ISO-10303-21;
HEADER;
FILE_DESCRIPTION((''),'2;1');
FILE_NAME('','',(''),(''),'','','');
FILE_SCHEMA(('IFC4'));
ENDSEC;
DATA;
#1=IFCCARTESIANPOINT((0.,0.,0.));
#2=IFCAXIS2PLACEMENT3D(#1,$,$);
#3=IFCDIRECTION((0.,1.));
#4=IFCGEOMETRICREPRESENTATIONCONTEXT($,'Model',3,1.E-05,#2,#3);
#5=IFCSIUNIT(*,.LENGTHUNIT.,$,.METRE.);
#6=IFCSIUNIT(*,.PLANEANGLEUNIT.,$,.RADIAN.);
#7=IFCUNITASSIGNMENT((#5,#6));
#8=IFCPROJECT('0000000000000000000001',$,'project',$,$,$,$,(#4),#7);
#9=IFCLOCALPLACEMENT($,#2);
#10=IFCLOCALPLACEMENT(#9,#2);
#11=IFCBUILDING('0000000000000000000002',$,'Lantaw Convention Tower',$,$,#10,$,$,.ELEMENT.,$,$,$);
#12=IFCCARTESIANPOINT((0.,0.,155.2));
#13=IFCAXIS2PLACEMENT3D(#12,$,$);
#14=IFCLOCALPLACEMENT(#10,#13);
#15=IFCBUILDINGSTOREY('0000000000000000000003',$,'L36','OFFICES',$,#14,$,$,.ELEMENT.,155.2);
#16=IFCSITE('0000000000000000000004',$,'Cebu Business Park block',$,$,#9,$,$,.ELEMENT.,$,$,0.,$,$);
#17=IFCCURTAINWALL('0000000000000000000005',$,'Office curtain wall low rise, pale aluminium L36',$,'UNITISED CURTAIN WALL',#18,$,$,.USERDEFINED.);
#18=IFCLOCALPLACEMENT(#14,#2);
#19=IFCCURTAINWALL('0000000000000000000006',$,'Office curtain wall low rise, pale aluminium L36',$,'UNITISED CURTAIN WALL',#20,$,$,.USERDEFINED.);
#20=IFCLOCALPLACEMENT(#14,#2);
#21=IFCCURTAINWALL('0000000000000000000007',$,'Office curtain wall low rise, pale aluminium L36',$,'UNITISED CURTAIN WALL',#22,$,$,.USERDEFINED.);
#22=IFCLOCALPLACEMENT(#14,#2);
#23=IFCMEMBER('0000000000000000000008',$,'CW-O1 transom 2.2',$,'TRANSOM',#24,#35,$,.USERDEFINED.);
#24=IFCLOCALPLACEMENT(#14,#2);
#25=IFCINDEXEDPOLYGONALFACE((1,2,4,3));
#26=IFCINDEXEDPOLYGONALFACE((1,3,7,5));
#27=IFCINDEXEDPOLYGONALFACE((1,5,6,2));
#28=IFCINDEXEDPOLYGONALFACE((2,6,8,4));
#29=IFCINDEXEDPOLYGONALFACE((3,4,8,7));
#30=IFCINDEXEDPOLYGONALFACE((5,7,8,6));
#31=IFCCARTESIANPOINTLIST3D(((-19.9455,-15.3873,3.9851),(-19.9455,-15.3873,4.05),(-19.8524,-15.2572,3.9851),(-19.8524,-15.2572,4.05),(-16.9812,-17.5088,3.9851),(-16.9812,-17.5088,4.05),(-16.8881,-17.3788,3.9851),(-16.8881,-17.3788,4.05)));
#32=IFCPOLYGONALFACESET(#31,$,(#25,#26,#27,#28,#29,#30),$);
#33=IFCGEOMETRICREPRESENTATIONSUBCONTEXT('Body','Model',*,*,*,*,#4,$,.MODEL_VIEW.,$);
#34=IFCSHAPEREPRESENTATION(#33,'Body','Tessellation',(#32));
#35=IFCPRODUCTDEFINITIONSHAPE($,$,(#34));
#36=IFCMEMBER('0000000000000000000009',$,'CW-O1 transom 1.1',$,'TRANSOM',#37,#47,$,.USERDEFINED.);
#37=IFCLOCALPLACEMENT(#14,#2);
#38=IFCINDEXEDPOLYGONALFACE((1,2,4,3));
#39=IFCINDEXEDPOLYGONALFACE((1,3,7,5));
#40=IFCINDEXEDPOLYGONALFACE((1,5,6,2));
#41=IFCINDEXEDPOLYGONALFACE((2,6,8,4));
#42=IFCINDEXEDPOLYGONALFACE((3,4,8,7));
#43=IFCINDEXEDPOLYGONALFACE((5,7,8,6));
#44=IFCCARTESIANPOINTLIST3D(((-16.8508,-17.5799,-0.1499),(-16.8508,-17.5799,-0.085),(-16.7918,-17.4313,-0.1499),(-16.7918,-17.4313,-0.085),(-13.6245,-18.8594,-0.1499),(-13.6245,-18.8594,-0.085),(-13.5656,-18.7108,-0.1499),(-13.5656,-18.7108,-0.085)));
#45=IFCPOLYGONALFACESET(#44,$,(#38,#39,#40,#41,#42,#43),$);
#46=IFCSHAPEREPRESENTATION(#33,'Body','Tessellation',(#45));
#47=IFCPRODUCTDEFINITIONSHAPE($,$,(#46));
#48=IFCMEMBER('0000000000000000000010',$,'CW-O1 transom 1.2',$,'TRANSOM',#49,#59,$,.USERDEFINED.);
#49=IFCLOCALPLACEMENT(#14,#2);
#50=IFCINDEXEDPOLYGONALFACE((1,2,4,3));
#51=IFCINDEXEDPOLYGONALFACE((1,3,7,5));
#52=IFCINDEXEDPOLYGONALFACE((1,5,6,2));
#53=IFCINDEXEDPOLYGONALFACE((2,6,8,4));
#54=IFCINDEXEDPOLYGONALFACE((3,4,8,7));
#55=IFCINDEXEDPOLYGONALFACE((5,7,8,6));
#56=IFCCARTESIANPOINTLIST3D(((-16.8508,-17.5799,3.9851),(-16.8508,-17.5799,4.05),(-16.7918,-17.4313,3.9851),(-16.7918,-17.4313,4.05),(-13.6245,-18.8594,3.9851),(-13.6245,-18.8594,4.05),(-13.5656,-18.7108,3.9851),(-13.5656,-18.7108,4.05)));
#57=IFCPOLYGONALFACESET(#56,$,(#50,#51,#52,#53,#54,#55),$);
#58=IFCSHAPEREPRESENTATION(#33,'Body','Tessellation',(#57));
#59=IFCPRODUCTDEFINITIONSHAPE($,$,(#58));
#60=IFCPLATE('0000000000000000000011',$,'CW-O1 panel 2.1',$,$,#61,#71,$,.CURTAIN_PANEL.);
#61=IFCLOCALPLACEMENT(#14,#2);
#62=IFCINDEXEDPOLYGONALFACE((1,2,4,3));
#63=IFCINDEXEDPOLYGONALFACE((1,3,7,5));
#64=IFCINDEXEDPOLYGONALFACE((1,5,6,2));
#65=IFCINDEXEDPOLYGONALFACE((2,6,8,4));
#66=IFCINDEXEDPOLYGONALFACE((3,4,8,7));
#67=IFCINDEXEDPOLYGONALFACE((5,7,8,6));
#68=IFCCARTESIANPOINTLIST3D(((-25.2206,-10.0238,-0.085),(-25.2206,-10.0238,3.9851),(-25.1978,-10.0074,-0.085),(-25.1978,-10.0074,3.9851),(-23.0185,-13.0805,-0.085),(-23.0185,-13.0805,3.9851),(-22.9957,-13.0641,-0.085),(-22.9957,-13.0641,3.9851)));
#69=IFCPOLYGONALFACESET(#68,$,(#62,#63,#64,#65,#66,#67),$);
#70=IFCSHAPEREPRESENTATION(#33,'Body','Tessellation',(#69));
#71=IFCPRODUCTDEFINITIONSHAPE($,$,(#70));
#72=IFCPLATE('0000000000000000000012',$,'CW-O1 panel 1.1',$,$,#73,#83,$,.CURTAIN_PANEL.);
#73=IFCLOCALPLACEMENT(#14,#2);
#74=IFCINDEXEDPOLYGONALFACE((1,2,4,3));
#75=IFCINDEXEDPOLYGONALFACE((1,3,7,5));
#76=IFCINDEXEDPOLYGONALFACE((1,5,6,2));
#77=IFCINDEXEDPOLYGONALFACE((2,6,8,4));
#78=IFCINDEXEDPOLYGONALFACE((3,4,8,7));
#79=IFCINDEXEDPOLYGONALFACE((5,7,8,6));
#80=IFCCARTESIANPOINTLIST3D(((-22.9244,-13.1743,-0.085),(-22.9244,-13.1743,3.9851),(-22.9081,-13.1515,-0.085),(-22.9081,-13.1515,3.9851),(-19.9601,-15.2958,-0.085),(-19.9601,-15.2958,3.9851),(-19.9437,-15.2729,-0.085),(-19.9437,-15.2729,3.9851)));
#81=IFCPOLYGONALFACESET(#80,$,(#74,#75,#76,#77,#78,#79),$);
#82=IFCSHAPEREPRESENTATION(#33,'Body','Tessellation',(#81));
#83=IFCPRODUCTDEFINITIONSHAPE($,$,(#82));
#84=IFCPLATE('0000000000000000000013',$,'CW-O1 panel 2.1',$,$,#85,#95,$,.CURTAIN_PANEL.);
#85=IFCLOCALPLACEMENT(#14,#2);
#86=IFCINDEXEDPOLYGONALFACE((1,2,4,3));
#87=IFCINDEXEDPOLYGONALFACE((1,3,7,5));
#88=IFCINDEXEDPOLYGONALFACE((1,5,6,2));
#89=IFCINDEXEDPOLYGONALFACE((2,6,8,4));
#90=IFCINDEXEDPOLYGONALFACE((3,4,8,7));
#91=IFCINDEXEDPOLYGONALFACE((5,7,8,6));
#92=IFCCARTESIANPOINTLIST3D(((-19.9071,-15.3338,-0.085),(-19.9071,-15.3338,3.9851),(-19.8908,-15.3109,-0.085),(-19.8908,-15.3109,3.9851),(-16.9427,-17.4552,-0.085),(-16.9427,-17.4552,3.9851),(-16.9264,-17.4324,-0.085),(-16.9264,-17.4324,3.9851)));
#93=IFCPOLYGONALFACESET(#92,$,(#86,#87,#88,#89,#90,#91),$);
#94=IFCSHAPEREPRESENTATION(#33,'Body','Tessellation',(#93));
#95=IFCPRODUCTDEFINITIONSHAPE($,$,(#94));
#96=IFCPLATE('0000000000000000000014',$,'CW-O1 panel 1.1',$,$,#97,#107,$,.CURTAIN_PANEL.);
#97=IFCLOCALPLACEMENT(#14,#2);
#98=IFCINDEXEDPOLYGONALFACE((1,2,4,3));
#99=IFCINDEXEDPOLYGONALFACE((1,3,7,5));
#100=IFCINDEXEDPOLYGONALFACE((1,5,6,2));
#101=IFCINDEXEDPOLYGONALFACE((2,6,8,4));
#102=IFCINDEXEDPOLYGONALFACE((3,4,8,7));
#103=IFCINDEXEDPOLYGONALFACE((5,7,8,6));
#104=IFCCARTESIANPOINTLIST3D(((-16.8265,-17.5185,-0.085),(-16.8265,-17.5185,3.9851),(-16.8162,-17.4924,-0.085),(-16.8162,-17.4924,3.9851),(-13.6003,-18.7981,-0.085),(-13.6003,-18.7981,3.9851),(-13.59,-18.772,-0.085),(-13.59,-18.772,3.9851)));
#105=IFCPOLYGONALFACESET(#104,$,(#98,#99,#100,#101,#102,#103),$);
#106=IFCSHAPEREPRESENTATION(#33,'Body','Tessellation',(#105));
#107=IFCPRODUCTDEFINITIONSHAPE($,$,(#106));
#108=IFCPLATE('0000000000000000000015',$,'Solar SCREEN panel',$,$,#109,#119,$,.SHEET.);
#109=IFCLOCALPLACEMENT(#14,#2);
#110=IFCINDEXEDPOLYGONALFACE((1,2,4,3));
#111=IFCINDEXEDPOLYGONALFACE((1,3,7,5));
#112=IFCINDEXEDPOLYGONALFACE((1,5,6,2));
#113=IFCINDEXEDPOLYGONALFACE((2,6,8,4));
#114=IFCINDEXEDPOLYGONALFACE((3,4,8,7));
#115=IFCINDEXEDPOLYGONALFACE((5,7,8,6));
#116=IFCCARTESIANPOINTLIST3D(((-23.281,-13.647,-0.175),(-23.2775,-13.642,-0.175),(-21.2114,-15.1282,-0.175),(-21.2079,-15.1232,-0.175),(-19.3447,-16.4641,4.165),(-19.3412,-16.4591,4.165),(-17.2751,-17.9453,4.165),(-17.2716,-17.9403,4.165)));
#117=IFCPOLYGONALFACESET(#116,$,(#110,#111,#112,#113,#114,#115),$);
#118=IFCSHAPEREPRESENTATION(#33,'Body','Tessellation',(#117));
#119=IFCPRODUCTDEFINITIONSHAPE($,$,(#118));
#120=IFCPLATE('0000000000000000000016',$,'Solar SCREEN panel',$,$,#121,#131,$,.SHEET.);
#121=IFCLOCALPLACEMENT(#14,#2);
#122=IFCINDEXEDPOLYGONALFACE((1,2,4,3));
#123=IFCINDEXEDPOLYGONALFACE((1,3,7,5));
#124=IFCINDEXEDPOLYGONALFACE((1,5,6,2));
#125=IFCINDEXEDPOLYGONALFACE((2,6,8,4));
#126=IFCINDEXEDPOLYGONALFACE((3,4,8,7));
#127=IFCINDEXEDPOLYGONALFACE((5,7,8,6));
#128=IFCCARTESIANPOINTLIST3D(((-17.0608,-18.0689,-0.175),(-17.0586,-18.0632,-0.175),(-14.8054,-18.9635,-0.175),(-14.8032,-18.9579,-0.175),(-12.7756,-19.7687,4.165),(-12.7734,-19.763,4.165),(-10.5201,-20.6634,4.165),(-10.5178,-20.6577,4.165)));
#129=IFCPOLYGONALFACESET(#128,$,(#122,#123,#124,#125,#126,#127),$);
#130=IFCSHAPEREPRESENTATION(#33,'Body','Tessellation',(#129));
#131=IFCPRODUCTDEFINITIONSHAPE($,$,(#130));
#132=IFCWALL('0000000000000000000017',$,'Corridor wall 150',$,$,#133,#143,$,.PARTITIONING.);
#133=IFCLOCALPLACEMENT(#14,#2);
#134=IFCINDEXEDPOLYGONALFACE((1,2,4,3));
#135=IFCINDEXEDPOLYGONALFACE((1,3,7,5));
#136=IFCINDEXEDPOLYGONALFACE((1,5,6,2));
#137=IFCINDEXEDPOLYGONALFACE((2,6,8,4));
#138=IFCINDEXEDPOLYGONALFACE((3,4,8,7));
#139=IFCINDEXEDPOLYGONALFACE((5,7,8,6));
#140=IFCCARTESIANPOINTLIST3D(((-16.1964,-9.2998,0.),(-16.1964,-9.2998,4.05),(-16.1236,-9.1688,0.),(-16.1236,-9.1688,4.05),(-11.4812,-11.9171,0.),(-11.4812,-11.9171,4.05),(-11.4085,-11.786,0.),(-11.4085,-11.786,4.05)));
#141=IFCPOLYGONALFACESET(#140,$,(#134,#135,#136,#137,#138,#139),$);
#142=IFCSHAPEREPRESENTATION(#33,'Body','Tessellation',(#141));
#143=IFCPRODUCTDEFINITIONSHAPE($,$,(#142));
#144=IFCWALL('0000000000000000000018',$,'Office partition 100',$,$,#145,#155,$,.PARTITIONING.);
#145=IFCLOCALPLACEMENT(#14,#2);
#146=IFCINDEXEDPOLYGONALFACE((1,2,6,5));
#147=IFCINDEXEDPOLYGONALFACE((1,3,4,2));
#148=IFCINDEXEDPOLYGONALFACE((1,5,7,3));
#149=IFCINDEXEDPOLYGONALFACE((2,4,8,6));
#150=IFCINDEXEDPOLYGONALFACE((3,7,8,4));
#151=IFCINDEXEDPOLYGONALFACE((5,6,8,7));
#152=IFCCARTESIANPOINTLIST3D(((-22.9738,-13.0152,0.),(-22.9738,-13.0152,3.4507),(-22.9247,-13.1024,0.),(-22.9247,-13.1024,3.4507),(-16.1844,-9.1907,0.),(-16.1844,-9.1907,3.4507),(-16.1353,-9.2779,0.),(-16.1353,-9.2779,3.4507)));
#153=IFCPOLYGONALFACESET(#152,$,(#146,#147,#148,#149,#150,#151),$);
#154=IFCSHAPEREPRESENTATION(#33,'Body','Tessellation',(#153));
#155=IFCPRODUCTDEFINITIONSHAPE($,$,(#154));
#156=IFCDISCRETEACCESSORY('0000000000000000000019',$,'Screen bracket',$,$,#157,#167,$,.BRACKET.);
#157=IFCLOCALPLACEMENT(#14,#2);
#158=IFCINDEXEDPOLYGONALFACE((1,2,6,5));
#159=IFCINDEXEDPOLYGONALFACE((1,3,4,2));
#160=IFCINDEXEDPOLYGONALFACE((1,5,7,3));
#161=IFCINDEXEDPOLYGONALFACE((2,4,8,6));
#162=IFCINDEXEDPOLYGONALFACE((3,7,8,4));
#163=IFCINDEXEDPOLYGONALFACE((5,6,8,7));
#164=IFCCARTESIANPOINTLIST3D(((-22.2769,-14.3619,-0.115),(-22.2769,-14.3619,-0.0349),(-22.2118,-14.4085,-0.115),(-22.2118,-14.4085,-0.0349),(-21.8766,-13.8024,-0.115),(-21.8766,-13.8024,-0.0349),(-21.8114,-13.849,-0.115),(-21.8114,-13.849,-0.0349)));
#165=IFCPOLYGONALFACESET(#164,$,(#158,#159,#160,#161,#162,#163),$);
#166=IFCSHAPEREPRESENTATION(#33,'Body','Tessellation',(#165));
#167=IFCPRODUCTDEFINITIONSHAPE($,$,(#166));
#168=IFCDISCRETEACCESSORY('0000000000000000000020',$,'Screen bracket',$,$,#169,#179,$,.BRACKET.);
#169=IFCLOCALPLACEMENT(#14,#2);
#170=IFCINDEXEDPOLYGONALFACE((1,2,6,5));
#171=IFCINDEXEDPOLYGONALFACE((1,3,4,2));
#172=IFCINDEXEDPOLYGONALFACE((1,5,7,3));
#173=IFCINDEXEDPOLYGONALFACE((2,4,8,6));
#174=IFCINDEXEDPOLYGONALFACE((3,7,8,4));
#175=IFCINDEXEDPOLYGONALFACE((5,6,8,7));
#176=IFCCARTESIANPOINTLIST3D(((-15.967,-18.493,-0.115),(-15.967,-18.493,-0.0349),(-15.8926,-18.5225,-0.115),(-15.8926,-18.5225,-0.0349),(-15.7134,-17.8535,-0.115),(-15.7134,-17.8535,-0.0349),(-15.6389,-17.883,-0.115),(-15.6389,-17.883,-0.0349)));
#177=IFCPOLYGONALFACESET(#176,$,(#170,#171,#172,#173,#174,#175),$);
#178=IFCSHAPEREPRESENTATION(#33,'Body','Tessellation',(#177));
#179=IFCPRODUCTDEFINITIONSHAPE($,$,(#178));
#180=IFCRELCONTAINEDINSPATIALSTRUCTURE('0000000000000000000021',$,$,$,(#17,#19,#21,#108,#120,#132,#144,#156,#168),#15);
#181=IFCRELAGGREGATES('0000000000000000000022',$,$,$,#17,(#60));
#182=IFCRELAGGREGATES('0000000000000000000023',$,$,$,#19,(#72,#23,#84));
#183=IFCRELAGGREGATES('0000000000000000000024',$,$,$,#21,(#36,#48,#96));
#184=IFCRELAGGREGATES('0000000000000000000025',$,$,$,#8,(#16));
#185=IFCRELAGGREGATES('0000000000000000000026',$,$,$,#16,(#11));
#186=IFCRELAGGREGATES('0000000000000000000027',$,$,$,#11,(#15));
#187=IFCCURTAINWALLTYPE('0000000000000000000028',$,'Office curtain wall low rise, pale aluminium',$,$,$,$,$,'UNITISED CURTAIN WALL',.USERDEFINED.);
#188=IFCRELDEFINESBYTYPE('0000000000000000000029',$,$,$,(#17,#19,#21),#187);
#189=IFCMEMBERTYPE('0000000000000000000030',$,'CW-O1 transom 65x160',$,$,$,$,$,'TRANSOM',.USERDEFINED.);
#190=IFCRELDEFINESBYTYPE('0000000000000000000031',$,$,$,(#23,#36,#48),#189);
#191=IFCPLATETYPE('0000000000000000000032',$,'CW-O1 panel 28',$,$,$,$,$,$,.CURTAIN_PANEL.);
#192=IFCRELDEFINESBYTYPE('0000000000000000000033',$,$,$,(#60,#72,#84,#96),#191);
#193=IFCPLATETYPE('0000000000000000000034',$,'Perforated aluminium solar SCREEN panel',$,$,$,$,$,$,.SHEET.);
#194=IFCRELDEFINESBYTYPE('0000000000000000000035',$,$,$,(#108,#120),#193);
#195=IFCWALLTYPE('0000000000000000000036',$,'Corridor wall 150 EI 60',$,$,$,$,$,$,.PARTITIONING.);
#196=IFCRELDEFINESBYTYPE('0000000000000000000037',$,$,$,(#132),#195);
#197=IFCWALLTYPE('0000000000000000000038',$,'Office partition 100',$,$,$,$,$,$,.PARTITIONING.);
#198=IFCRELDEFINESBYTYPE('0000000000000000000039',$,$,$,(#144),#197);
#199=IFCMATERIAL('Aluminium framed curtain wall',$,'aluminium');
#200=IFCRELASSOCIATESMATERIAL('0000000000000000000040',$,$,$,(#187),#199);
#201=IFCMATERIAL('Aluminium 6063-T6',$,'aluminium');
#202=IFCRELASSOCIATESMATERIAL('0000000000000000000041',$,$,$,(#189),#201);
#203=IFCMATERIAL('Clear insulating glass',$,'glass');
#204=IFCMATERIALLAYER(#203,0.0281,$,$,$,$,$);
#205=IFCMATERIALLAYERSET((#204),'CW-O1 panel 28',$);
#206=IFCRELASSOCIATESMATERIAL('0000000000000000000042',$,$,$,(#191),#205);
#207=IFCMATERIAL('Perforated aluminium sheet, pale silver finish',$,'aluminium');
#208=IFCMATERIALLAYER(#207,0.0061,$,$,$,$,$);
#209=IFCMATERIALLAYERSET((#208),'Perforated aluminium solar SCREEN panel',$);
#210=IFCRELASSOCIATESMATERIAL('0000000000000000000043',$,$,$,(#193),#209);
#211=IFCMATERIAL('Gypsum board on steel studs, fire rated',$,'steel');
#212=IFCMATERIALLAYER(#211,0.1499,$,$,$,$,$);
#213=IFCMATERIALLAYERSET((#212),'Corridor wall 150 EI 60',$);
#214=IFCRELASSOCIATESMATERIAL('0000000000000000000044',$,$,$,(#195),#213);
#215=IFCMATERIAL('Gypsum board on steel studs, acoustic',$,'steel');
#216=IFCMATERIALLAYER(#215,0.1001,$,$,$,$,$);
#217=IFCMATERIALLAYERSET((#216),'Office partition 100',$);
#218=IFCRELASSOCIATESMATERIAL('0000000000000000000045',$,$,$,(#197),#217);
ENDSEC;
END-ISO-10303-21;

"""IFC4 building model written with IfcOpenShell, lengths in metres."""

from ifc_helpers import new_model, si_unit, direction, frame, frame_2d, origin, origin_2d, place, context, subcontext, project, spatial, polyline, rectangle, outline, extrude, material, layer, layer_set, material_profile, profile_set, type_object, element, aggregate, save


model = new_model("IFC4")

# Units and contexts
model_context = context("Model", 3, precision=1e-05, world=origin(), true_north=direction((0.0, 1.0)))
body_context = subcontext(model_context, "Body", "Model", "MODEL_VIEW")
ifc_project = project(units=[si_unit("LENGTHUNIT", "METRE"), si_unit("PLANEANGLEUNIT", "RADIAN")], contexts=[model_context])

# Site, building, storey
site_placement = place(None, origin())
site = spatial("IfcSite", under=ifc_project, at=site_placement, Name="Cebu Business Park block", CompositionType="ELEMENT", RefElevation=0.0)
building_placement = place(site_placement, origin())
building = spatial("IfcBuilding", under=site, at=building_placement, Name="Lantaw Convention Tower", CompositionType="ELEMENT")
storey_placement = place(building_placement, frame((0.0, 0.0, 155.2)))
storey = spatial("IfcBuildingStorey", under=building, at=storey_placement, Name="L36", Description="OFFICES", CompositionType="ELEMENT", Elevation=155.2)

# Curtain walls
ifc_material_1 = material(Name="Aluminium framed curtain wall", Category="aluminium")
curtain_wall_type = type_object("IfcCurtainWallType", Name="Office curtain wall low rise, pale aluminium", ElementType="UNITISED CURTAIN WALL", PredefinedType="USERDEFINED", material=ifc_material_1)
curtain_wall_1_placement = place(storey_placement, origin())
curtain_wall_1 = element("IfcCurtainWall", 1, at=curtain_wall_1_placement, inside=storey, type_object=curtain_wall_type, Name="Office curtain wall low rise, pale aluminium L36", ObjectType="UNITISED CURTAIN WALL", PredefinedType="USERDEFINED")
ifc_material_2 = material(Name="Aluminium 6063-T6", Category="aluminium")
curtain_wall_2_placement = place(storey_placement, origin())
curtain_wall_2 = element("IfcCurtainWall", 2, at=curtain_wall_2_placement, inside=storey, type_object=curtain_wall_type, Name="Office curtain wall low rise, pale aluminium L36", ObjectType="UNITISED CURTAIN WALL", PredefinedType="USERDEFINED")

# Curtain wall
curtain_wall_3_placement = place(storey_placement, origin())
curtain_wall_3 = element("IfcCurtainWall", 3, at=curtain_wall_3_placement, inside=storey, type_object=curtain_wall_type, Name="Office curtain wall low rise, pale aluminium L36", ObjectType="UNITISED CURTAIN WALL", PredefinedType="USERDEFINED")

# Members
ifc_material_profile_1 = material_profile(ifc_material_2, rectangle(XDim=0.1599, YDim=0.0649, at=origin_2d()), Name="CW-O1 transom 65x160")
ifc_profile_set_1 = profile_set([ifc_material_profile_1], Name="Aluminium 6063-T6")
member_type_1 = type_object("IfcMemberType", Name="CW-O1 transom 65x160", ElementType="TRANSOM", PredefinedType="USERDEFINED", material=ifc_profile_set_1)
member_1_placement = place(storey_placement, frame((-19.8989, -15.3223, 4.0176), z_axis=(0.81319, -0.581998, 0.0), x_axis=(0.581998, 0.81319, 0.0)))
member_1 = element("IfcMember", 4, at=member_1_placement, type_object=member_type_1, Name="CW-O1 transom 2.2", ObjectType="TRANSOM", PredefinedType="USERDEFINED", context=body_context, shape_type="SweptSolid", body=[
    extrude(rectangle(XDim=0.1599, YDim=0.0649, at=origin_2d()), origin(), (0.0, 0.0, 1.0), 3.6453),
])
member_2_placement = place(storey_placement, frame((-16.8213, -17.5056, -0.1174), z_axis=(0.929564, -0.36866, 0.0), x_axis=(0.36866, 0.929564, 0.0)))
member_2 = element("IfcMember", 5, at=member_2_placement, type_object=member_type_1, Name="CW-O1 transom 1.1", ObjectType="TRANSOM", PredefinedType="USERDEFINED", context=body_context, shape_type="SweptSolid", body=[
    extrude(rectangle(XDim=0.1599, YDim=0.0649, at=origin_2d()), origin(), (0.0, 0.0, 1.0), 3.4707),
])
member_3_placement = place(storey_placement, frame((-16.8213, -17.5056, 4.0176), z_axis=(0.929564, -0.36866, 0.0), x_axis=(0.36866, 0.929564, 0.0)))
member_3 = element("IfcMember", 6, at=member_3_placement, type_object=member_type_1, Name="CW-O1 transom 1.2", ObjectType="TRANSOM", PredefinedType="USERDEFINED", context=body_context, shape_type="SweptSolid", body=[
    extrude(rectangle(XDim=0.1599, YDim=0.0649, at=origin_2d()), origin(), (0.0, 0.0, 1.0), 3.4707),
])

# Plates
ifc_material_3 = material(Name="Clear insulating glass", Category="glass")
ifc_layer_1 = layer(ifc_material_3, 0.0281)
ifc_layer_set_1 = layer_set([ifc_layer_1], Name="CW-O1 panel 28")
plate_type_1 = type_object("IfcPlateType", Name="CW-O1 panel 28", PredefinedType="CURTAIN_PANEL", material=ifc_layer_set_1)
plate_1_placement = place(storey_placement, frame((-24.1082, -11.5439, -0.085), z_axis=(0.0, 0.0, 1.0), x_axis=(0.584513, -0.811385, 0.0)))
plate_1 = element("IfcPlate", 7, at=plate_1_placement, type_object=plate_type_1, Name="CW-O1 panel 2.1", PredefinedType="CURTAIN_PANEL", context=body_context, shape_type="SweptSolid", body=[
    extrude(rectangle(XDim=3.7673, YDim=0.0281, at=origin_2d()), origin(), (0.0, 0.0, 1.0), 4.0701),
])
aggregate(curtain_wall_1, [plate_1])
plate_2_placement = place(storey_placement, frame((-21.4341, -14.2236, -0.085), z_axis=(0.0, 0.0, 1.0), x_axis=(0.813208, -0.581973, 0.0)))
plate_2 = element("IfcPlate", 8, at=plate_2_placement, type_object=plate_type_1, Name="CW-O1 panel 1.1", PredefinedType="CURTAIN_PANEL", context=body_context, shape_type="SweptSolid", body=[
    extrude(rectangle(XDim=3.6453, YDim=0.0281, at=origin_2d()), origin(), (0.0, 0.0, 1.0), 4.0701),
])
plate_3_placement = place(storey_placement, frame((-18.4167, -16.3831, -0.085), z_axis=(0.0, 0.0, 1.0), x_axis=(0.813208, -0.581973, 0.0)))
plate_3 = element("IfcPlate", 9, at=plate_3_placement, type_object=plate_type_1, Name="CW-O1 panel 2.1", PredefinedType="CURTAIN_PANEL", context=body_context, shape_type="SweptSolid", body=[
    extrude(rectangle(XDim=3.6453, YDim=0.0281, at=origin_2d()), origin(), (0.0, 0.0, 1.0), 4.0701),
])
aggregate(curtain_wall_2, [plate_2, member_1, plate_3])
plate_4_placement = place(storey_placement, frame((-15.2083, -18.1453, -0.085), z_axis=(0.0, 0.0, 1.0), x_axis=(0.929548, -0.368702, 0.0)))
plate_4 = element("IfcPlate", 10, at=plate_4_placement, type_object=plate_type_1, Name="CW-O1 panel 1.1", PredefinedType="CURTAIN_PANEL", context=body_context, shape_type="SweptSolid", body=[
    extrude(rectangle(XDim=3.4707, YDim=0.0281, at=origin_2d()), origin(), (0.0, 0.0, 1.0), 4.0701),
])
aggregate(curtain_wall_3, [member_2, member_3, plate_4])

# Plates
ifc_material_4 = material(Name="Perforated aluminium sheet, pale silver finish", Category="aluminium")
ifc_layer_2 = layer(ifc_material_4, 0.0061)
ifc_layer_set_2 = layer_set([ifc_layer_2], Name="Perforated aluminium solar SCREEN panel")
plate_type_2 = type_object("IfcPlateType", Name="Perforated aluminium solar SCREEN panel", PredefinedType="SHEET", material=ifc_layer_set_2)
plate_5_placement = place(storey_placement, frame((-23.281, -13.647, -0.175), z_axis=(-0.582, -0.813189, 0.000012), x_axis=(0.813189, -0.582, 0.0)))
element("IfcPlate", 11, at=plate_5_placement, inside=storey, type_object=plate_type_2, Name="Solar SCREEN panel", PredefinedType="SHEET", context=body_context, shape_type="SweptSolid", body=[
    extrude(outline(polyline([(0.0, 0.0), (2.545, 0.0), (7.3855, 4.3401), (4.8405, 4.3401), (0.0, 0.0)])), origin(), (0.0, 0.0, -1.0), 0.0061),
])
plate_6_placement = place(storey_placement, frame((-17.0586, -18.0632, -0.175), z_axis=(0.368709, 0.929545, 0.000011), x_axis=(0.929545, -0.368709, 0.0)))
element("IfcPlate", 12, at=plate_6_placement, inside=storey, type_object=plate_type_2, Name="Solar SCREEN panel", PredefinedType="SHEET", context=body_context, shape_type="SweptSolid", body=[
    extrude(outline(polyline([(0.0, 0.0), (2.4264, 0.0), (7.0365, -4.3401), (4.61, -4.3401), (0.0, 0.0)])), origin(), (0.0, 0.0, -1.0), 0.0061),
])

# Walls
ifc_material_5 = material(Name="Gypsum board on steel studs, fire rated", Category="steel")
ifc_layer_3 = layer(ifc_material_5, 0.1499)
ifc_layer_set_3 = layer_set([ifc_layer_3], Name="Corridor wall 150 EI 60")
wall_type_1 = type_object("IfcWallType", Name="Corridor wall 150 EI 60", PredefinedType="PARTITIONING", material=ifc_layer_set_3)
wall_1_placement = place(storey_placement, frame((-16.1599, -9.2344, 0.0), z_axis=(0.0, 0.0, 1.0), x_axis=(0.874339, -0.485316, 0.0)))
element("IfcWall", 13, at=wall_1_placement, inside=storey, type_object=wall_type_1, Name="Corridor wall 150", PredefinedType="PARTITIONING", context=body_context, shape_type="SweptSolid", body=[
    extrude(rectangle(XDim=5.3928, YDim=0.1499, at=frame_2d((2.6963, 0.0))), origin(), (0.0, 0.0, 1.0), 4.05),
])
ifc_material_6 = material(Name="Gypsum board on steel studs, acoustic", Category="steel")
ifc_layer_4 = layer(ifc_material_6, 0.1001)
ifc_layer_set_4 = layer_set([ifc_layer_4], Name="Office partition 100")
wall_type_2 = type_object("IfcWallType", Name="Office partition 100", PredefinedType="PARTITIONING", material=ifc_layer_set_4)
wall_2_placement = place(storey_placement, frame((-22.9492, -13.0588, 0.0), z_axis=(0.0, 0.0, 1.0), x_axis=(0.871275, 0.490795, 0.0)))
element("IfcWall", 14, at=wall_2_placement, inside=storey, type_object=wall_type_2, Name="Office partition 100", PredefinedType="PARTITIONING", context=body_context, shape_type="SweptSolid", body=[
    extrude(rectangle(XDim=7.7925, YDim=0.1001, at=frame_2d((3.8962, 0.0))), origin(), (0.0, 0.0, 1.0), 3.4507),
])

# Discrete accessories
for number, where, z_axis, x_axis, name in (
    (15, (-22.0442, -14.1055, -0.115), (0.0, 0.0, 1.0), (0.813208, -0.581973, 0.0), "Screen bracket"),
    (16, (-15.803, -18.188, -0.115), (0.0, 0.0, 1.0), (0.929548, -0.368702, 0.0), "Screen bracket"),
):
    element("IfcDiscreteAccessory", number, at=place(storey_placement, frame(where, z_axis=z_axis, x_axis=x_axis)), inside=storey, Name=name, PredefinedType="BRACKET", context=body_context, shape_type="SweptSolid", body=[
        extrude(rectangle(XDim=0.0801, YDim=0.688, at=origin_2d()), origin(), (0.0, 0.0, 1.0), 0.0801),
    ])

save(model, "model.ifc")
